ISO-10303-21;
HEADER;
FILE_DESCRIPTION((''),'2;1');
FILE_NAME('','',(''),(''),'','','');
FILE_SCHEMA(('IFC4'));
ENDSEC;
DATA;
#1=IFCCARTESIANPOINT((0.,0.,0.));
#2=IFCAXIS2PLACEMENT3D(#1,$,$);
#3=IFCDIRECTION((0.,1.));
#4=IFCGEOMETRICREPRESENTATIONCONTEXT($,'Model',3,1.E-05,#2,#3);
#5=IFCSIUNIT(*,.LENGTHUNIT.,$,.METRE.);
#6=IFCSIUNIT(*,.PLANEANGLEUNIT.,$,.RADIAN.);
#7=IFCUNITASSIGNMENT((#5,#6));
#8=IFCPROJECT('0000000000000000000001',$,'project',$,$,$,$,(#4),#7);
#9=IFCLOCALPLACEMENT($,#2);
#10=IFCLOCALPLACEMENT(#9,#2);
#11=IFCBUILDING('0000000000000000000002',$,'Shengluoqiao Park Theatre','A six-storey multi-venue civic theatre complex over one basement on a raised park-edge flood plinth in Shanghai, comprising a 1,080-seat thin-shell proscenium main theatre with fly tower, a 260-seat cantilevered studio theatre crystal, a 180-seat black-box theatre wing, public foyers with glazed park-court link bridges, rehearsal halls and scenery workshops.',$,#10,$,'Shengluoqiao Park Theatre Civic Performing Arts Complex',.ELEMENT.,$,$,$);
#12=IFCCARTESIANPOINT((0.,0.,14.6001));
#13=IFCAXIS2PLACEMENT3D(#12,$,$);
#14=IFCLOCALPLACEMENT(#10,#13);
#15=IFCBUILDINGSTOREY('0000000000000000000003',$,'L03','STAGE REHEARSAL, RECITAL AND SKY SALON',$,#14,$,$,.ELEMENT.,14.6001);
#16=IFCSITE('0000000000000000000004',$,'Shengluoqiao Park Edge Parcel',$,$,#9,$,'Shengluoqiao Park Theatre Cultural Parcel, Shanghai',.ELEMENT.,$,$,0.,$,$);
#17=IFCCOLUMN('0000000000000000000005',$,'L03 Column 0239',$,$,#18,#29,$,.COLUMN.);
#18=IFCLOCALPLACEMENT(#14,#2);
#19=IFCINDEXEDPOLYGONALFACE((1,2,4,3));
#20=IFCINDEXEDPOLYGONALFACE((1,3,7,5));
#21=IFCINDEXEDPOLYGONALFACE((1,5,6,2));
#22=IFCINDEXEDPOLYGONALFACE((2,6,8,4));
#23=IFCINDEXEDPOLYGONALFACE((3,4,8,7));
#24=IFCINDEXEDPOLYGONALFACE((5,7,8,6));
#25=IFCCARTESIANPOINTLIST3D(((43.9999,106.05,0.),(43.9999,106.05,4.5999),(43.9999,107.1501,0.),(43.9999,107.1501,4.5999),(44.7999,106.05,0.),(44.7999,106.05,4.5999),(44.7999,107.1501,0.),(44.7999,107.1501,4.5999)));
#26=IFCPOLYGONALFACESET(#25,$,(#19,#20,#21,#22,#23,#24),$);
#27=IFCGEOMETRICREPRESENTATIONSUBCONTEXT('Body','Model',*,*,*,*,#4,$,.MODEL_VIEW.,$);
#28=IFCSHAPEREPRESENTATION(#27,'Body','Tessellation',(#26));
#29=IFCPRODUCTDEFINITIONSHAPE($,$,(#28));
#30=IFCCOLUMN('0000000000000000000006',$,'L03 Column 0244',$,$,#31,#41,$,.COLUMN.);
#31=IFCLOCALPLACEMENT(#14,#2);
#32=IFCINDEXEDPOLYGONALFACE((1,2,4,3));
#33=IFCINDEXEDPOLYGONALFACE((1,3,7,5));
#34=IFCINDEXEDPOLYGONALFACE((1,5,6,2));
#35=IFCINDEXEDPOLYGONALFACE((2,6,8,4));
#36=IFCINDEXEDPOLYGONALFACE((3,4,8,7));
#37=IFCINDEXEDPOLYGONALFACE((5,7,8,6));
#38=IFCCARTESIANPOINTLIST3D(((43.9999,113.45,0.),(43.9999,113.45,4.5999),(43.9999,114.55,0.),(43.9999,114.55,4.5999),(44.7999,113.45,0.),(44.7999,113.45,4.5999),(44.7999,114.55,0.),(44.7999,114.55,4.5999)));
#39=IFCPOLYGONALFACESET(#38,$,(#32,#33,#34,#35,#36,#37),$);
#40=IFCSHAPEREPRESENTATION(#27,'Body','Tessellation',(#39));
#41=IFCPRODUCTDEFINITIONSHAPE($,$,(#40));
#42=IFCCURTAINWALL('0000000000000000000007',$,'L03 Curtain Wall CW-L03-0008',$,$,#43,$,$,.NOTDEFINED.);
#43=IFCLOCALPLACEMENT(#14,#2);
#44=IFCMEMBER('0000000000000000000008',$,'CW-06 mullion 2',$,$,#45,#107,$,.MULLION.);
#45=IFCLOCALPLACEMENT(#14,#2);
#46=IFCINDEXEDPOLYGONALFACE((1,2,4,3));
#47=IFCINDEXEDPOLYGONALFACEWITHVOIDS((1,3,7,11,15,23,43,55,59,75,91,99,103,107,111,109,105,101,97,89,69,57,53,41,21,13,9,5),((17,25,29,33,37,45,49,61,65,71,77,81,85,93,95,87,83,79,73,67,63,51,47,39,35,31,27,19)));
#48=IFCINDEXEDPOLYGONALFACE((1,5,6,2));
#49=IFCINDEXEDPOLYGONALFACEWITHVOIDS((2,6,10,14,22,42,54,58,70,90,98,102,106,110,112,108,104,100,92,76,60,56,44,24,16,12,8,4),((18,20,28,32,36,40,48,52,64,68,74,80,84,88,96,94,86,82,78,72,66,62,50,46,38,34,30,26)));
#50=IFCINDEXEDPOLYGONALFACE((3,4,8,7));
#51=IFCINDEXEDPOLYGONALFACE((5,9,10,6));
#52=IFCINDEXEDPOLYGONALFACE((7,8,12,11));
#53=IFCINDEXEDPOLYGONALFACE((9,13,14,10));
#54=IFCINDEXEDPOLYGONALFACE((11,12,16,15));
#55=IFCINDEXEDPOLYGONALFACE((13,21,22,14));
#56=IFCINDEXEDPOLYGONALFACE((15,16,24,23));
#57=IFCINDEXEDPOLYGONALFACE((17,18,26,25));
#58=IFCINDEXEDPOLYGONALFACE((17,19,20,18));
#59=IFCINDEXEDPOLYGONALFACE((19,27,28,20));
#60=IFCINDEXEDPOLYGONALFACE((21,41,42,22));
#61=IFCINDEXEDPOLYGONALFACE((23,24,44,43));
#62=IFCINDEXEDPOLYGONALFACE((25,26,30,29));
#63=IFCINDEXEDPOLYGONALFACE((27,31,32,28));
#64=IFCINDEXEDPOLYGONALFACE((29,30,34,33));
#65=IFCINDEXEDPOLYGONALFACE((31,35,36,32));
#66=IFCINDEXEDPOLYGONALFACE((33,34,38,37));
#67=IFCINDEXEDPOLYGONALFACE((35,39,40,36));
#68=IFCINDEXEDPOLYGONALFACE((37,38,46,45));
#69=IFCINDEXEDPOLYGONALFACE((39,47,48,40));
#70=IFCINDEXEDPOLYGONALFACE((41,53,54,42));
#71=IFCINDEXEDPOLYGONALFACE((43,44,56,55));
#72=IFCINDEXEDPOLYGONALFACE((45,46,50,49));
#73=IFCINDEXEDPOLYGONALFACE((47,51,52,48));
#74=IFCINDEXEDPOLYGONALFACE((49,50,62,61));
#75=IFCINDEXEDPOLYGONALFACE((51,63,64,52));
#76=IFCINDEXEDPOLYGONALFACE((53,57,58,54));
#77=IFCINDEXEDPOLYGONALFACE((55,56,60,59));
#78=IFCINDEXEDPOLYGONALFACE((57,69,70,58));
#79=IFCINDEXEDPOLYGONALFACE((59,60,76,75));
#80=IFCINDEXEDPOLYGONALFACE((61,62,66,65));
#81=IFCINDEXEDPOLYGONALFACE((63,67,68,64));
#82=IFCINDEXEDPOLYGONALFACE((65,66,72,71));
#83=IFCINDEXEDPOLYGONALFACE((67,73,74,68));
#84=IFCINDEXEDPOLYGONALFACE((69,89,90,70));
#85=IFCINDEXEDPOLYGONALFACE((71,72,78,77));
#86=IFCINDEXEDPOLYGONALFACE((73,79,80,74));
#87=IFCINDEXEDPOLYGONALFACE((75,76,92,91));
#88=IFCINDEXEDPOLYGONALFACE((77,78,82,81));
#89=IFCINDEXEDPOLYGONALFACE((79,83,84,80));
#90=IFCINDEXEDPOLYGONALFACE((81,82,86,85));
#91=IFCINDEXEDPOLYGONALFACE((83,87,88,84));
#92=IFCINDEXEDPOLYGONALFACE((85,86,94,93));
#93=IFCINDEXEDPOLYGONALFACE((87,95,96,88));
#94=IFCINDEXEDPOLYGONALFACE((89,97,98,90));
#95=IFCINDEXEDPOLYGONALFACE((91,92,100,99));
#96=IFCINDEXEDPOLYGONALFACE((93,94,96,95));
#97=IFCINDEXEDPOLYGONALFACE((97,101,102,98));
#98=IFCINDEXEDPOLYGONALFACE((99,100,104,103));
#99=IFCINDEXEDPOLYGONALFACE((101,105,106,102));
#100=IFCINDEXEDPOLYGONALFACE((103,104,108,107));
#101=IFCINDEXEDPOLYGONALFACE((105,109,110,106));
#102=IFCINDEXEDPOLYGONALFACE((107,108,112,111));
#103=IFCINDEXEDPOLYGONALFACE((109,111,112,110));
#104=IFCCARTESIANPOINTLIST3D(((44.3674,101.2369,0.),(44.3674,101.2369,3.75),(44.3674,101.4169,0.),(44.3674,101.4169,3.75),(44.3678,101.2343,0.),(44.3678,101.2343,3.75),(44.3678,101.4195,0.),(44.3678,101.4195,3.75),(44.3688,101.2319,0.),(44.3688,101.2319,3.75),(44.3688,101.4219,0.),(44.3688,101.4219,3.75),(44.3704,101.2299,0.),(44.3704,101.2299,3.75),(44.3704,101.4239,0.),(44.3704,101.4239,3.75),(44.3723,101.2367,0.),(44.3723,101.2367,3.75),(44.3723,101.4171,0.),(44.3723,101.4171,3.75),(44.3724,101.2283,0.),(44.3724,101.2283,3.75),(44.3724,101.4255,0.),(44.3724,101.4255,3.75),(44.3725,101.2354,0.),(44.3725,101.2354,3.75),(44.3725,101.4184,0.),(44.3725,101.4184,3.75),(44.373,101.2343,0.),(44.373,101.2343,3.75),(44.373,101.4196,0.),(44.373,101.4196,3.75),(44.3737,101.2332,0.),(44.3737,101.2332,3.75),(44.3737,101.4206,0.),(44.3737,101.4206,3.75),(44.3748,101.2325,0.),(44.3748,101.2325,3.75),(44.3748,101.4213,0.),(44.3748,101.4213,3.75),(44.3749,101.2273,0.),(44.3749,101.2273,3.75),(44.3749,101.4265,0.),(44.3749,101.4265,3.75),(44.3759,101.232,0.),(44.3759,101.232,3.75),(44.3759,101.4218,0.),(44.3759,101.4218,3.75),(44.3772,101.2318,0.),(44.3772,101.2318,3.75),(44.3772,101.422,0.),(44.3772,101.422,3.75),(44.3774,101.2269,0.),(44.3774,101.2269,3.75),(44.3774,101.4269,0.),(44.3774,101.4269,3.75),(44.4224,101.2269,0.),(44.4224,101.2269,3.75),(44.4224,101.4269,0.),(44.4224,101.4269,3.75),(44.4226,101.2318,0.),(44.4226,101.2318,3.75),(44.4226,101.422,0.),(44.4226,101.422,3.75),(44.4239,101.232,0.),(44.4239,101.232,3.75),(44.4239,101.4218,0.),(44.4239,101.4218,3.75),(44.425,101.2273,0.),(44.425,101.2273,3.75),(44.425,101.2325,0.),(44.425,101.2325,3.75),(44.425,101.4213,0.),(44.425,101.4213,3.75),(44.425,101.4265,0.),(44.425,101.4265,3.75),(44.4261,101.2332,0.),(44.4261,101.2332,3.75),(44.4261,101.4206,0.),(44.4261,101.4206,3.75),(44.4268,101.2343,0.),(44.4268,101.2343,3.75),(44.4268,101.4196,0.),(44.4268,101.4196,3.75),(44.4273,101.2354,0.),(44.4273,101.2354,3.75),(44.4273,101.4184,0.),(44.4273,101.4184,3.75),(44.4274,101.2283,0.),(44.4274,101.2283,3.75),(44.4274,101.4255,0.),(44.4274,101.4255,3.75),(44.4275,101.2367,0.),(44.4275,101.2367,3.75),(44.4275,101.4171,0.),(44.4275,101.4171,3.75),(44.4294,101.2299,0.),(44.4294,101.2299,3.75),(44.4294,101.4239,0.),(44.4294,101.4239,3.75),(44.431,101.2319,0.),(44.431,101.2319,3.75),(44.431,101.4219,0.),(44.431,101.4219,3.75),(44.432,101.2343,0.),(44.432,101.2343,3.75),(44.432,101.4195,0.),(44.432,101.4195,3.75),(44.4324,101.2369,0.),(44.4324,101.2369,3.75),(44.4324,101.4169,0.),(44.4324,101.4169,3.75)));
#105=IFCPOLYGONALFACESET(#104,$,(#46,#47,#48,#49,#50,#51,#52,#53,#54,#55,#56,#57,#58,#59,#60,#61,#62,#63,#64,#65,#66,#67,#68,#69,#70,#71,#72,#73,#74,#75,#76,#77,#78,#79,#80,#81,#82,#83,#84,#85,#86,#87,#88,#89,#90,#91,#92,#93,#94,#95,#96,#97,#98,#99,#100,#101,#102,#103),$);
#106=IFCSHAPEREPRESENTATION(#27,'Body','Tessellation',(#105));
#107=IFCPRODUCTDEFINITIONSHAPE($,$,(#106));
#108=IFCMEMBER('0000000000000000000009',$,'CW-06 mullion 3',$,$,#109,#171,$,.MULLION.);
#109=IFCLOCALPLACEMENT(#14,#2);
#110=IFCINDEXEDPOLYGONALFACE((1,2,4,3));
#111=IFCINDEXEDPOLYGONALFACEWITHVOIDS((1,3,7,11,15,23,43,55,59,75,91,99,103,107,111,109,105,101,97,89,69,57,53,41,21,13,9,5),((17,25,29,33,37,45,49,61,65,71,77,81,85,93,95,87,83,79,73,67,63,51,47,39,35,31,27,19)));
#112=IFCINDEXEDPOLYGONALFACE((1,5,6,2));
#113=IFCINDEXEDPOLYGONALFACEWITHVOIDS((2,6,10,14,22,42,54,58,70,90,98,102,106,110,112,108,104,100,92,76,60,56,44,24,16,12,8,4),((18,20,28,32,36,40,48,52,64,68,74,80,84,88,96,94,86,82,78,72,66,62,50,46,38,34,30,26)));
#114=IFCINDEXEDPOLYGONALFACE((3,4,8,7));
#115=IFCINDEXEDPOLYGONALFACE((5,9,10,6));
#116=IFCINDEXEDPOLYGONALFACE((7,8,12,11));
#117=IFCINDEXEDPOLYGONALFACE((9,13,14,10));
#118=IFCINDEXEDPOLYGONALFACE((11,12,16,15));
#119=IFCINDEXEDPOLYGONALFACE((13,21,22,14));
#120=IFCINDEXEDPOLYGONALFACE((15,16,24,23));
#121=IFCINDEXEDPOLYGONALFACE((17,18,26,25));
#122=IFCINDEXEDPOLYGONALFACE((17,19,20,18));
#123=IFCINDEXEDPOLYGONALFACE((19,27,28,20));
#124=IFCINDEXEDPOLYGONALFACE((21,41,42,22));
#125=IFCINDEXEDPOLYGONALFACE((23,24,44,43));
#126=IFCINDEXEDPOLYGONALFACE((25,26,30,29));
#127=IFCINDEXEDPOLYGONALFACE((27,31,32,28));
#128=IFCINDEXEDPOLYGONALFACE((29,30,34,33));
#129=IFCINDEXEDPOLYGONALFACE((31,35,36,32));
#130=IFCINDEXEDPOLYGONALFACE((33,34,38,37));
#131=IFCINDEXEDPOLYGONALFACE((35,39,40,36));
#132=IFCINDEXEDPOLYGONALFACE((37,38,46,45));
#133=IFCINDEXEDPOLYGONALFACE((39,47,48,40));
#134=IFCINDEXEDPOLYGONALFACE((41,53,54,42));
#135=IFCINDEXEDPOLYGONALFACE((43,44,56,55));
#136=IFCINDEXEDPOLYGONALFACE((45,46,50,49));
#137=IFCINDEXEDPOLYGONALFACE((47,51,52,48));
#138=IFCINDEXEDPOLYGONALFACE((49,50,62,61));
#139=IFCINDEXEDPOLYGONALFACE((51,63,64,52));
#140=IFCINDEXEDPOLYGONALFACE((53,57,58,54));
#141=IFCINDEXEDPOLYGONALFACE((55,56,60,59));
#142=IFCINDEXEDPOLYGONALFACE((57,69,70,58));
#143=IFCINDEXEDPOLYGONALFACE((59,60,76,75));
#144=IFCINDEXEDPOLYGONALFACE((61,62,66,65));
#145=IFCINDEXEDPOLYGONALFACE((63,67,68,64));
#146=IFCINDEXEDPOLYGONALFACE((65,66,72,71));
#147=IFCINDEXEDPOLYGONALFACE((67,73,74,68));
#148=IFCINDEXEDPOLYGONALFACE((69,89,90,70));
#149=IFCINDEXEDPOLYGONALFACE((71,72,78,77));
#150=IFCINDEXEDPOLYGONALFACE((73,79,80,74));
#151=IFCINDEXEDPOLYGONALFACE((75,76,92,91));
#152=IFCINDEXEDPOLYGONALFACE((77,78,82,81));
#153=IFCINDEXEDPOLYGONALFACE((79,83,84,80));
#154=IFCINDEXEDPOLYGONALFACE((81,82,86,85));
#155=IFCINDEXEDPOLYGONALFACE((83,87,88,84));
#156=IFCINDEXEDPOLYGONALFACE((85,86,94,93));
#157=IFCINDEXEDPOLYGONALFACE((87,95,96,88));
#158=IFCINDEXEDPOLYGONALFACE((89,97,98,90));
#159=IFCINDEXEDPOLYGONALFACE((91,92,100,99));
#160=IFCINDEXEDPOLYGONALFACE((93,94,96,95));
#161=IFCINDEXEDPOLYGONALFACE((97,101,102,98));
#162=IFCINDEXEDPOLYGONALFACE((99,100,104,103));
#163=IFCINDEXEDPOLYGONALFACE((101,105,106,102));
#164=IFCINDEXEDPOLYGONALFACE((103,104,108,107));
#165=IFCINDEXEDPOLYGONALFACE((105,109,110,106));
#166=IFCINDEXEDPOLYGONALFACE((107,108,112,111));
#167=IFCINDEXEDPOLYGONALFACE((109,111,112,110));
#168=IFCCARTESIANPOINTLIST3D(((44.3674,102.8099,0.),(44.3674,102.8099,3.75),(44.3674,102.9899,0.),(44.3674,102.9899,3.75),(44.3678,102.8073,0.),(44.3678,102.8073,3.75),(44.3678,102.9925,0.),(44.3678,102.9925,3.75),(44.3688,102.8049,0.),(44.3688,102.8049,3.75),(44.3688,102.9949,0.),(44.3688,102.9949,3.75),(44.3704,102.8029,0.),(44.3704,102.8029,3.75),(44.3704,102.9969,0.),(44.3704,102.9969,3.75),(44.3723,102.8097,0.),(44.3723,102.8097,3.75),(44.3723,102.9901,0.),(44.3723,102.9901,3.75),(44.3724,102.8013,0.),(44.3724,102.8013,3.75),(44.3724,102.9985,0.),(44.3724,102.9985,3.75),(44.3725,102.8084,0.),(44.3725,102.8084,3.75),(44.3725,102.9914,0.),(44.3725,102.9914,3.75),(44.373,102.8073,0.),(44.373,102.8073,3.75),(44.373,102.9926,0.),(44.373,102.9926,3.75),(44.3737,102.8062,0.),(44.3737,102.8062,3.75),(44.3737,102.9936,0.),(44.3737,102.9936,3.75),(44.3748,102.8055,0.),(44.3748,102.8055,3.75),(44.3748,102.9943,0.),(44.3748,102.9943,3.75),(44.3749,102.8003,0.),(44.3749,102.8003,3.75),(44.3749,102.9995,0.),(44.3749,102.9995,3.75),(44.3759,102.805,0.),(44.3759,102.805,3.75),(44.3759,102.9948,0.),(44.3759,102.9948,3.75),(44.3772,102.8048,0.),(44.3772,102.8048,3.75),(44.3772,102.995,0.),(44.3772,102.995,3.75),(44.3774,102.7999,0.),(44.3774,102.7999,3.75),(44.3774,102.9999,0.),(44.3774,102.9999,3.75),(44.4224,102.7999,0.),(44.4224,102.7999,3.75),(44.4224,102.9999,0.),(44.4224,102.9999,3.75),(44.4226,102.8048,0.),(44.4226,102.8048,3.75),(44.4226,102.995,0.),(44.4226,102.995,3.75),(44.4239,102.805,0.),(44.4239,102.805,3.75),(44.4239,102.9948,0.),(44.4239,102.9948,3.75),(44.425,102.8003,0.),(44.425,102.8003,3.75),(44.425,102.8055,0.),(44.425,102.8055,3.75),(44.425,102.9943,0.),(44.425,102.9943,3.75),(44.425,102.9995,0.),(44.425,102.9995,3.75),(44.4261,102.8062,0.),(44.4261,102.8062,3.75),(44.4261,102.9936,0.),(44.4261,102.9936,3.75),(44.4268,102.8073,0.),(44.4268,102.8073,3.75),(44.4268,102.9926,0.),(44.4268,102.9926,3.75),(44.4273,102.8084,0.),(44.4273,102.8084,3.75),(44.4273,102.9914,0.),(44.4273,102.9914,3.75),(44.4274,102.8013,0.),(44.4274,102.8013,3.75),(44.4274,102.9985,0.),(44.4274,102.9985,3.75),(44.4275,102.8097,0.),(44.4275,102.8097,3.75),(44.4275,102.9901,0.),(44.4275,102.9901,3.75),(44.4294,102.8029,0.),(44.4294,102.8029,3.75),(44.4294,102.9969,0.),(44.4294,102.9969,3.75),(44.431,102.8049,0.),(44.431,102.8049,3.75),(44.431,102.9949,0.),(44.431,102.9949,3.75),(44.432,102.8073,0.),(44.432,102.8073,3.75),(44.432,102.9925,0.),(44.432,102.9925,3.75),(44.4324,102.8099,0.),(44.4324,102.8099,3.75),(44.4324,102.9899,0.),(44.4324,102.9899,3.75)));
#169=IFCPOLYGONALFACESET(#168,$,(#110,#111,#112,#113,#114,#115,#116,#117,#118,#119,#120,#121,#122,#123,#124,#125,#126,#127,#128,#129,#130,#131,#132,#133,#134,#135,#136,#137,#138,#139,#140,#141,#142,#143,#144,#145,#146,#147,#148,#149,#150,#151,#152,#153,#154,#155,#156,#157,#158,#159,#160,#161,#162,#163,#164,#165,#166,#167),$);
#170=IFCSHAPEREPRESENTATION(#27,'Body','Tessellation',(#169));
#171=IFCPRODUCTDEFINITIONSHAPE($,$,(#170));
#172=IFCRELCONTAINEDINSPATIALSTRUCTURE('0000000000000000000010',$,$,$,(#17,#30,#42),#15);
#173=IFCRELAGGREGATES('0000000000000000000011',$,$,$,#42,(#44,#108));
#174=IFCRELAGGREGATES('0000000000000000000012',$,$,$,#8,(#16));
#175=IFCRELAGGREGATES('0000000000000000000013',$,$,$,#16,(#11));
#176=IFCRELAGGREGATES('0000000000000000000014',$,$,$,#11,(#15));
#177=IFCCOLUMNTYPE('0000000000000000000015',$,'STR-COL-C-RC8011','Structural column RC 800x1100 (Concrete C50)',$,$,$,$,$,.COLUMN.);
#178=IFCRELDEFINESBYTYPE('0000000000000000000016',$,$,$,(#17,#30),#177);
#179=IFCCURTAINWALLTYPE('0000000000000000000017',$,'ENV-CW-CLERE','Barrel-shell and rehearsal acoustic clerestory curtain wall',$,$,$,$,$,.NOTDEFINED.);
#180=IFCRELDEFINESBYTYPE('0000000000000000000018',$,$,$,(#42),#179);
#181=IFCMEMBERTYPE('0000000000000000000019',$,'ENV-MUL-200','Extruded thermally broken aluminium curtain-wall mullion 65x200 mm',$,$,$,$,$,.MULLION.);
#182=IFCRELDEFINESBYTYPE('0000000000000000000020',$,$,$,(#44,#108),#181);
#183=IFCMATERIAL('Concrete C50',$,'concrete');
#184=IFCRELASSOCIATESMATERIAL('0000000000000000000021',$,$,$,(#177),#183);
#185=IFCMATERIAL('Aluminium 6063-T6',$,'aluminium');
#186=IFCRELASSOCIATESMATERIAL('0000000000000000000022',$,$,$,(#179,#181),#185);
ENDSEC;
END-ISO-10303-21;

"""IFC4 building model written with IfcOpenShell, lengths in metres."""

from ifc_helpers import new_model, si_unit, direction, frame, origin, origin_2d, place, context, subcontext, project, spatial, rectangle, hollow_rectangle, extrude, material, material_profile, profile_set, type_object, element, aggregate, save


model = new_model("IFC4")

# Units and contexts
model_context = context("Model", 3, precision=1e-05, world=origin(), true_north=direction((0.0, 1.0)))
body_context = subcontext(model_context, "Body", "Model", "MODEL_VIEW")
ifc_project = project(units=[si_unit("LENGTHUNIT", "METRE"), si_unit("PLANEANGLEUNIT", "RADIAN")], contexts=[model_context])

# Site, building, storey
site_placement = place(None, origin())
site = spatial("IfcSite", under=ifc_project, at=site_placement, Name="Shengluoqiao Park Edge Parcel", LongName="Shengluoqiao Park Theatre Cultural Parcel, Shanghai", CompositionType="ELEMENT", RefElevation=0.0)
building_placement = place(site_placement, origin())
building = spatial("IfcBuilding", under=site, at=building_placement, Name="Shengluoqiao Park Theatre", Description="A six-storey multi-venue civic theatre complex over one basement on a raised park-edge flood plinth in Shanghai, comprising a 1,080-seat thin-shell proscenium main theatre with fly tower, a 260-seat cantilevered studio theatre crystal, a 180-seat black-box theatre wing, public foyers with glazed park-court link bridges, rehearsal halls and scenery workshops.", LongName="Shengluoqiao Park Theatre Civic Performing Arts Complex", CompositionType="ELEMENT")
storey_placement = place(building_placement, frame((0.0, 0.0, 14.6001)))
storey = spatial("IfcBuildingStorey", under=building, at=storey_placement, Name="L03", Description="STAGE REHEARSAL, RECITAL AND SKY SALON", CompositionType="ELEMENT", Elevation=14.6001)

# Columns
ifc_material_1 = material(Name="Concrete C50", Category="concrete")
ifc_material_profile_1 = material_profile(ifc_material_1, rectangle(XDim=0.8, YDim=1.1001, at=origin_2d()), Name="RC 800x1100")
ifc_profile_set_1 = profile_set([ifc_material_profile_1], Name="Concrete C50")
column_type = type_object("IfcColumnType", Name="STR-COL-C-RC8011", Description="Structural column RC 800x1100 (Concrete C50)", PredefinedType="COLUMN", material=ifc_profile_set_1)
for number, where, z_axis, x_axis, name in (
    (1, (44.3999, 106.6001, 0.0), (0.0, 0.0, 1.0), (1.0, 0.0, 0.0), "L03 Column 0239"),
    (2, (44.3999, 114.0, 0.0), (0.0, 0.0, 1.0), (1.0, 0.0, 0.0), "L03 Column 0244"),
):
    element("IfcColumn", number, at=place(storey_placement, frame(where, z_axis=z_axis, x_axis=x_axis)), inside=storey, type_object=column_type, Name=name, PredefinedType="COLUMN", context=body_context, shape_type="SweptSolid", body=[
        extrude(rectangle(XDim=0.8, YDim=1.1001, at=origin_2d()), origin(), (0.0, 0.0, 1.0), 4.5999),
    ])

# Curtain wall, members
ifc_material_2 = material(Name="Aluminium 6063-T6", Category="aluminium")
curtain_wall_type = type_object("IfcCurtainWallType", Name="ENV-CW-CLERE", Description="Barrel-shell and rehearsal acoustic clerestory curtain wall", PredefinedType="NOTDEFINED", material=ifc_material_2)
curtain_wall_placement = place(storey_placement, origin())
curtain_wall = element("IfcCurtainWall", 3, at=curtain_wall_placement, inside=storey, type_object=curtain_wall_type, Name="L03 Curtain Wall CW-L03-0008", PredefinedType="NOTDEFINED")
ifc_material_profile_2 = material_profile(ifc_material_2, hollow_rectangle(XDim=0.0649, YDim=0.2, WallThickness=0.0049, InnerFilletRadius=0.0049, OuterFilletRadius=0.01, at=origin_2d()), Name="ALU MULLION 200x65x5")
ifc_profile_set_2 = profile_set([ifc_material_profile_2], Name="Aluminium 6063-T6")
member_type_1 = type_object("IfcMemberType", Name="ENV-MUL-200", Description="Extruded thermally broken aluminium curtain-wall mullion 65x200 mm", PredefinedType="MULLION", material=ifc_profile_set_2)
member_1_placement = place(storey_placement, frame((44.3999, 101.3269, 0.0), z_axis=(0.0, 0.0, 1.0), x_axis=(-1.0, 0.0, 0.0)))
member_1 = element("IfcMember", 4, at=member_1_placement, type_object=member_type_1, Name="CW-06 mullion 2", PredefinedType="MULLION", context=body_context, shape_type="SweptSolid", body=[
    extrude(hollow_rectangle(XDim=0.0649, YDim=0.2, WallThickness=0.0049, InnerFilletRadius=0.0049, OuterFilletRadius=0.01, at=origin_2d()), origin(), (0.0, 0.0, 1.0), 3.75),
])
member_2_placement = place(storey_placement, frame((44.3999, 102.8999, 0.0), z_axis=(0.0, 0.0, 1.0), x_axis=(-1.0, 0.0, 0.0)))
member_2 = element("IfcMember", 5, at=member_2_placement, type_object=member_type_1, Name="CW-06 mullion 3", PredefinedType="MULLION", context=body_context, shape_type="SweptSolid", body=[
    extrude(hollow_rectangle(XDim=0.0649, YDim=0.2, WallThickness=0.0049, InnerFilletRadius=0.0049, OuterFilletRadius=0.01, at=origin_2d()), origin(), (0.0, 0.0, 1.0), 3.75),
])

aggregate(curtain_wall, [member_1, member_2])

save(model, "model.ifc")
